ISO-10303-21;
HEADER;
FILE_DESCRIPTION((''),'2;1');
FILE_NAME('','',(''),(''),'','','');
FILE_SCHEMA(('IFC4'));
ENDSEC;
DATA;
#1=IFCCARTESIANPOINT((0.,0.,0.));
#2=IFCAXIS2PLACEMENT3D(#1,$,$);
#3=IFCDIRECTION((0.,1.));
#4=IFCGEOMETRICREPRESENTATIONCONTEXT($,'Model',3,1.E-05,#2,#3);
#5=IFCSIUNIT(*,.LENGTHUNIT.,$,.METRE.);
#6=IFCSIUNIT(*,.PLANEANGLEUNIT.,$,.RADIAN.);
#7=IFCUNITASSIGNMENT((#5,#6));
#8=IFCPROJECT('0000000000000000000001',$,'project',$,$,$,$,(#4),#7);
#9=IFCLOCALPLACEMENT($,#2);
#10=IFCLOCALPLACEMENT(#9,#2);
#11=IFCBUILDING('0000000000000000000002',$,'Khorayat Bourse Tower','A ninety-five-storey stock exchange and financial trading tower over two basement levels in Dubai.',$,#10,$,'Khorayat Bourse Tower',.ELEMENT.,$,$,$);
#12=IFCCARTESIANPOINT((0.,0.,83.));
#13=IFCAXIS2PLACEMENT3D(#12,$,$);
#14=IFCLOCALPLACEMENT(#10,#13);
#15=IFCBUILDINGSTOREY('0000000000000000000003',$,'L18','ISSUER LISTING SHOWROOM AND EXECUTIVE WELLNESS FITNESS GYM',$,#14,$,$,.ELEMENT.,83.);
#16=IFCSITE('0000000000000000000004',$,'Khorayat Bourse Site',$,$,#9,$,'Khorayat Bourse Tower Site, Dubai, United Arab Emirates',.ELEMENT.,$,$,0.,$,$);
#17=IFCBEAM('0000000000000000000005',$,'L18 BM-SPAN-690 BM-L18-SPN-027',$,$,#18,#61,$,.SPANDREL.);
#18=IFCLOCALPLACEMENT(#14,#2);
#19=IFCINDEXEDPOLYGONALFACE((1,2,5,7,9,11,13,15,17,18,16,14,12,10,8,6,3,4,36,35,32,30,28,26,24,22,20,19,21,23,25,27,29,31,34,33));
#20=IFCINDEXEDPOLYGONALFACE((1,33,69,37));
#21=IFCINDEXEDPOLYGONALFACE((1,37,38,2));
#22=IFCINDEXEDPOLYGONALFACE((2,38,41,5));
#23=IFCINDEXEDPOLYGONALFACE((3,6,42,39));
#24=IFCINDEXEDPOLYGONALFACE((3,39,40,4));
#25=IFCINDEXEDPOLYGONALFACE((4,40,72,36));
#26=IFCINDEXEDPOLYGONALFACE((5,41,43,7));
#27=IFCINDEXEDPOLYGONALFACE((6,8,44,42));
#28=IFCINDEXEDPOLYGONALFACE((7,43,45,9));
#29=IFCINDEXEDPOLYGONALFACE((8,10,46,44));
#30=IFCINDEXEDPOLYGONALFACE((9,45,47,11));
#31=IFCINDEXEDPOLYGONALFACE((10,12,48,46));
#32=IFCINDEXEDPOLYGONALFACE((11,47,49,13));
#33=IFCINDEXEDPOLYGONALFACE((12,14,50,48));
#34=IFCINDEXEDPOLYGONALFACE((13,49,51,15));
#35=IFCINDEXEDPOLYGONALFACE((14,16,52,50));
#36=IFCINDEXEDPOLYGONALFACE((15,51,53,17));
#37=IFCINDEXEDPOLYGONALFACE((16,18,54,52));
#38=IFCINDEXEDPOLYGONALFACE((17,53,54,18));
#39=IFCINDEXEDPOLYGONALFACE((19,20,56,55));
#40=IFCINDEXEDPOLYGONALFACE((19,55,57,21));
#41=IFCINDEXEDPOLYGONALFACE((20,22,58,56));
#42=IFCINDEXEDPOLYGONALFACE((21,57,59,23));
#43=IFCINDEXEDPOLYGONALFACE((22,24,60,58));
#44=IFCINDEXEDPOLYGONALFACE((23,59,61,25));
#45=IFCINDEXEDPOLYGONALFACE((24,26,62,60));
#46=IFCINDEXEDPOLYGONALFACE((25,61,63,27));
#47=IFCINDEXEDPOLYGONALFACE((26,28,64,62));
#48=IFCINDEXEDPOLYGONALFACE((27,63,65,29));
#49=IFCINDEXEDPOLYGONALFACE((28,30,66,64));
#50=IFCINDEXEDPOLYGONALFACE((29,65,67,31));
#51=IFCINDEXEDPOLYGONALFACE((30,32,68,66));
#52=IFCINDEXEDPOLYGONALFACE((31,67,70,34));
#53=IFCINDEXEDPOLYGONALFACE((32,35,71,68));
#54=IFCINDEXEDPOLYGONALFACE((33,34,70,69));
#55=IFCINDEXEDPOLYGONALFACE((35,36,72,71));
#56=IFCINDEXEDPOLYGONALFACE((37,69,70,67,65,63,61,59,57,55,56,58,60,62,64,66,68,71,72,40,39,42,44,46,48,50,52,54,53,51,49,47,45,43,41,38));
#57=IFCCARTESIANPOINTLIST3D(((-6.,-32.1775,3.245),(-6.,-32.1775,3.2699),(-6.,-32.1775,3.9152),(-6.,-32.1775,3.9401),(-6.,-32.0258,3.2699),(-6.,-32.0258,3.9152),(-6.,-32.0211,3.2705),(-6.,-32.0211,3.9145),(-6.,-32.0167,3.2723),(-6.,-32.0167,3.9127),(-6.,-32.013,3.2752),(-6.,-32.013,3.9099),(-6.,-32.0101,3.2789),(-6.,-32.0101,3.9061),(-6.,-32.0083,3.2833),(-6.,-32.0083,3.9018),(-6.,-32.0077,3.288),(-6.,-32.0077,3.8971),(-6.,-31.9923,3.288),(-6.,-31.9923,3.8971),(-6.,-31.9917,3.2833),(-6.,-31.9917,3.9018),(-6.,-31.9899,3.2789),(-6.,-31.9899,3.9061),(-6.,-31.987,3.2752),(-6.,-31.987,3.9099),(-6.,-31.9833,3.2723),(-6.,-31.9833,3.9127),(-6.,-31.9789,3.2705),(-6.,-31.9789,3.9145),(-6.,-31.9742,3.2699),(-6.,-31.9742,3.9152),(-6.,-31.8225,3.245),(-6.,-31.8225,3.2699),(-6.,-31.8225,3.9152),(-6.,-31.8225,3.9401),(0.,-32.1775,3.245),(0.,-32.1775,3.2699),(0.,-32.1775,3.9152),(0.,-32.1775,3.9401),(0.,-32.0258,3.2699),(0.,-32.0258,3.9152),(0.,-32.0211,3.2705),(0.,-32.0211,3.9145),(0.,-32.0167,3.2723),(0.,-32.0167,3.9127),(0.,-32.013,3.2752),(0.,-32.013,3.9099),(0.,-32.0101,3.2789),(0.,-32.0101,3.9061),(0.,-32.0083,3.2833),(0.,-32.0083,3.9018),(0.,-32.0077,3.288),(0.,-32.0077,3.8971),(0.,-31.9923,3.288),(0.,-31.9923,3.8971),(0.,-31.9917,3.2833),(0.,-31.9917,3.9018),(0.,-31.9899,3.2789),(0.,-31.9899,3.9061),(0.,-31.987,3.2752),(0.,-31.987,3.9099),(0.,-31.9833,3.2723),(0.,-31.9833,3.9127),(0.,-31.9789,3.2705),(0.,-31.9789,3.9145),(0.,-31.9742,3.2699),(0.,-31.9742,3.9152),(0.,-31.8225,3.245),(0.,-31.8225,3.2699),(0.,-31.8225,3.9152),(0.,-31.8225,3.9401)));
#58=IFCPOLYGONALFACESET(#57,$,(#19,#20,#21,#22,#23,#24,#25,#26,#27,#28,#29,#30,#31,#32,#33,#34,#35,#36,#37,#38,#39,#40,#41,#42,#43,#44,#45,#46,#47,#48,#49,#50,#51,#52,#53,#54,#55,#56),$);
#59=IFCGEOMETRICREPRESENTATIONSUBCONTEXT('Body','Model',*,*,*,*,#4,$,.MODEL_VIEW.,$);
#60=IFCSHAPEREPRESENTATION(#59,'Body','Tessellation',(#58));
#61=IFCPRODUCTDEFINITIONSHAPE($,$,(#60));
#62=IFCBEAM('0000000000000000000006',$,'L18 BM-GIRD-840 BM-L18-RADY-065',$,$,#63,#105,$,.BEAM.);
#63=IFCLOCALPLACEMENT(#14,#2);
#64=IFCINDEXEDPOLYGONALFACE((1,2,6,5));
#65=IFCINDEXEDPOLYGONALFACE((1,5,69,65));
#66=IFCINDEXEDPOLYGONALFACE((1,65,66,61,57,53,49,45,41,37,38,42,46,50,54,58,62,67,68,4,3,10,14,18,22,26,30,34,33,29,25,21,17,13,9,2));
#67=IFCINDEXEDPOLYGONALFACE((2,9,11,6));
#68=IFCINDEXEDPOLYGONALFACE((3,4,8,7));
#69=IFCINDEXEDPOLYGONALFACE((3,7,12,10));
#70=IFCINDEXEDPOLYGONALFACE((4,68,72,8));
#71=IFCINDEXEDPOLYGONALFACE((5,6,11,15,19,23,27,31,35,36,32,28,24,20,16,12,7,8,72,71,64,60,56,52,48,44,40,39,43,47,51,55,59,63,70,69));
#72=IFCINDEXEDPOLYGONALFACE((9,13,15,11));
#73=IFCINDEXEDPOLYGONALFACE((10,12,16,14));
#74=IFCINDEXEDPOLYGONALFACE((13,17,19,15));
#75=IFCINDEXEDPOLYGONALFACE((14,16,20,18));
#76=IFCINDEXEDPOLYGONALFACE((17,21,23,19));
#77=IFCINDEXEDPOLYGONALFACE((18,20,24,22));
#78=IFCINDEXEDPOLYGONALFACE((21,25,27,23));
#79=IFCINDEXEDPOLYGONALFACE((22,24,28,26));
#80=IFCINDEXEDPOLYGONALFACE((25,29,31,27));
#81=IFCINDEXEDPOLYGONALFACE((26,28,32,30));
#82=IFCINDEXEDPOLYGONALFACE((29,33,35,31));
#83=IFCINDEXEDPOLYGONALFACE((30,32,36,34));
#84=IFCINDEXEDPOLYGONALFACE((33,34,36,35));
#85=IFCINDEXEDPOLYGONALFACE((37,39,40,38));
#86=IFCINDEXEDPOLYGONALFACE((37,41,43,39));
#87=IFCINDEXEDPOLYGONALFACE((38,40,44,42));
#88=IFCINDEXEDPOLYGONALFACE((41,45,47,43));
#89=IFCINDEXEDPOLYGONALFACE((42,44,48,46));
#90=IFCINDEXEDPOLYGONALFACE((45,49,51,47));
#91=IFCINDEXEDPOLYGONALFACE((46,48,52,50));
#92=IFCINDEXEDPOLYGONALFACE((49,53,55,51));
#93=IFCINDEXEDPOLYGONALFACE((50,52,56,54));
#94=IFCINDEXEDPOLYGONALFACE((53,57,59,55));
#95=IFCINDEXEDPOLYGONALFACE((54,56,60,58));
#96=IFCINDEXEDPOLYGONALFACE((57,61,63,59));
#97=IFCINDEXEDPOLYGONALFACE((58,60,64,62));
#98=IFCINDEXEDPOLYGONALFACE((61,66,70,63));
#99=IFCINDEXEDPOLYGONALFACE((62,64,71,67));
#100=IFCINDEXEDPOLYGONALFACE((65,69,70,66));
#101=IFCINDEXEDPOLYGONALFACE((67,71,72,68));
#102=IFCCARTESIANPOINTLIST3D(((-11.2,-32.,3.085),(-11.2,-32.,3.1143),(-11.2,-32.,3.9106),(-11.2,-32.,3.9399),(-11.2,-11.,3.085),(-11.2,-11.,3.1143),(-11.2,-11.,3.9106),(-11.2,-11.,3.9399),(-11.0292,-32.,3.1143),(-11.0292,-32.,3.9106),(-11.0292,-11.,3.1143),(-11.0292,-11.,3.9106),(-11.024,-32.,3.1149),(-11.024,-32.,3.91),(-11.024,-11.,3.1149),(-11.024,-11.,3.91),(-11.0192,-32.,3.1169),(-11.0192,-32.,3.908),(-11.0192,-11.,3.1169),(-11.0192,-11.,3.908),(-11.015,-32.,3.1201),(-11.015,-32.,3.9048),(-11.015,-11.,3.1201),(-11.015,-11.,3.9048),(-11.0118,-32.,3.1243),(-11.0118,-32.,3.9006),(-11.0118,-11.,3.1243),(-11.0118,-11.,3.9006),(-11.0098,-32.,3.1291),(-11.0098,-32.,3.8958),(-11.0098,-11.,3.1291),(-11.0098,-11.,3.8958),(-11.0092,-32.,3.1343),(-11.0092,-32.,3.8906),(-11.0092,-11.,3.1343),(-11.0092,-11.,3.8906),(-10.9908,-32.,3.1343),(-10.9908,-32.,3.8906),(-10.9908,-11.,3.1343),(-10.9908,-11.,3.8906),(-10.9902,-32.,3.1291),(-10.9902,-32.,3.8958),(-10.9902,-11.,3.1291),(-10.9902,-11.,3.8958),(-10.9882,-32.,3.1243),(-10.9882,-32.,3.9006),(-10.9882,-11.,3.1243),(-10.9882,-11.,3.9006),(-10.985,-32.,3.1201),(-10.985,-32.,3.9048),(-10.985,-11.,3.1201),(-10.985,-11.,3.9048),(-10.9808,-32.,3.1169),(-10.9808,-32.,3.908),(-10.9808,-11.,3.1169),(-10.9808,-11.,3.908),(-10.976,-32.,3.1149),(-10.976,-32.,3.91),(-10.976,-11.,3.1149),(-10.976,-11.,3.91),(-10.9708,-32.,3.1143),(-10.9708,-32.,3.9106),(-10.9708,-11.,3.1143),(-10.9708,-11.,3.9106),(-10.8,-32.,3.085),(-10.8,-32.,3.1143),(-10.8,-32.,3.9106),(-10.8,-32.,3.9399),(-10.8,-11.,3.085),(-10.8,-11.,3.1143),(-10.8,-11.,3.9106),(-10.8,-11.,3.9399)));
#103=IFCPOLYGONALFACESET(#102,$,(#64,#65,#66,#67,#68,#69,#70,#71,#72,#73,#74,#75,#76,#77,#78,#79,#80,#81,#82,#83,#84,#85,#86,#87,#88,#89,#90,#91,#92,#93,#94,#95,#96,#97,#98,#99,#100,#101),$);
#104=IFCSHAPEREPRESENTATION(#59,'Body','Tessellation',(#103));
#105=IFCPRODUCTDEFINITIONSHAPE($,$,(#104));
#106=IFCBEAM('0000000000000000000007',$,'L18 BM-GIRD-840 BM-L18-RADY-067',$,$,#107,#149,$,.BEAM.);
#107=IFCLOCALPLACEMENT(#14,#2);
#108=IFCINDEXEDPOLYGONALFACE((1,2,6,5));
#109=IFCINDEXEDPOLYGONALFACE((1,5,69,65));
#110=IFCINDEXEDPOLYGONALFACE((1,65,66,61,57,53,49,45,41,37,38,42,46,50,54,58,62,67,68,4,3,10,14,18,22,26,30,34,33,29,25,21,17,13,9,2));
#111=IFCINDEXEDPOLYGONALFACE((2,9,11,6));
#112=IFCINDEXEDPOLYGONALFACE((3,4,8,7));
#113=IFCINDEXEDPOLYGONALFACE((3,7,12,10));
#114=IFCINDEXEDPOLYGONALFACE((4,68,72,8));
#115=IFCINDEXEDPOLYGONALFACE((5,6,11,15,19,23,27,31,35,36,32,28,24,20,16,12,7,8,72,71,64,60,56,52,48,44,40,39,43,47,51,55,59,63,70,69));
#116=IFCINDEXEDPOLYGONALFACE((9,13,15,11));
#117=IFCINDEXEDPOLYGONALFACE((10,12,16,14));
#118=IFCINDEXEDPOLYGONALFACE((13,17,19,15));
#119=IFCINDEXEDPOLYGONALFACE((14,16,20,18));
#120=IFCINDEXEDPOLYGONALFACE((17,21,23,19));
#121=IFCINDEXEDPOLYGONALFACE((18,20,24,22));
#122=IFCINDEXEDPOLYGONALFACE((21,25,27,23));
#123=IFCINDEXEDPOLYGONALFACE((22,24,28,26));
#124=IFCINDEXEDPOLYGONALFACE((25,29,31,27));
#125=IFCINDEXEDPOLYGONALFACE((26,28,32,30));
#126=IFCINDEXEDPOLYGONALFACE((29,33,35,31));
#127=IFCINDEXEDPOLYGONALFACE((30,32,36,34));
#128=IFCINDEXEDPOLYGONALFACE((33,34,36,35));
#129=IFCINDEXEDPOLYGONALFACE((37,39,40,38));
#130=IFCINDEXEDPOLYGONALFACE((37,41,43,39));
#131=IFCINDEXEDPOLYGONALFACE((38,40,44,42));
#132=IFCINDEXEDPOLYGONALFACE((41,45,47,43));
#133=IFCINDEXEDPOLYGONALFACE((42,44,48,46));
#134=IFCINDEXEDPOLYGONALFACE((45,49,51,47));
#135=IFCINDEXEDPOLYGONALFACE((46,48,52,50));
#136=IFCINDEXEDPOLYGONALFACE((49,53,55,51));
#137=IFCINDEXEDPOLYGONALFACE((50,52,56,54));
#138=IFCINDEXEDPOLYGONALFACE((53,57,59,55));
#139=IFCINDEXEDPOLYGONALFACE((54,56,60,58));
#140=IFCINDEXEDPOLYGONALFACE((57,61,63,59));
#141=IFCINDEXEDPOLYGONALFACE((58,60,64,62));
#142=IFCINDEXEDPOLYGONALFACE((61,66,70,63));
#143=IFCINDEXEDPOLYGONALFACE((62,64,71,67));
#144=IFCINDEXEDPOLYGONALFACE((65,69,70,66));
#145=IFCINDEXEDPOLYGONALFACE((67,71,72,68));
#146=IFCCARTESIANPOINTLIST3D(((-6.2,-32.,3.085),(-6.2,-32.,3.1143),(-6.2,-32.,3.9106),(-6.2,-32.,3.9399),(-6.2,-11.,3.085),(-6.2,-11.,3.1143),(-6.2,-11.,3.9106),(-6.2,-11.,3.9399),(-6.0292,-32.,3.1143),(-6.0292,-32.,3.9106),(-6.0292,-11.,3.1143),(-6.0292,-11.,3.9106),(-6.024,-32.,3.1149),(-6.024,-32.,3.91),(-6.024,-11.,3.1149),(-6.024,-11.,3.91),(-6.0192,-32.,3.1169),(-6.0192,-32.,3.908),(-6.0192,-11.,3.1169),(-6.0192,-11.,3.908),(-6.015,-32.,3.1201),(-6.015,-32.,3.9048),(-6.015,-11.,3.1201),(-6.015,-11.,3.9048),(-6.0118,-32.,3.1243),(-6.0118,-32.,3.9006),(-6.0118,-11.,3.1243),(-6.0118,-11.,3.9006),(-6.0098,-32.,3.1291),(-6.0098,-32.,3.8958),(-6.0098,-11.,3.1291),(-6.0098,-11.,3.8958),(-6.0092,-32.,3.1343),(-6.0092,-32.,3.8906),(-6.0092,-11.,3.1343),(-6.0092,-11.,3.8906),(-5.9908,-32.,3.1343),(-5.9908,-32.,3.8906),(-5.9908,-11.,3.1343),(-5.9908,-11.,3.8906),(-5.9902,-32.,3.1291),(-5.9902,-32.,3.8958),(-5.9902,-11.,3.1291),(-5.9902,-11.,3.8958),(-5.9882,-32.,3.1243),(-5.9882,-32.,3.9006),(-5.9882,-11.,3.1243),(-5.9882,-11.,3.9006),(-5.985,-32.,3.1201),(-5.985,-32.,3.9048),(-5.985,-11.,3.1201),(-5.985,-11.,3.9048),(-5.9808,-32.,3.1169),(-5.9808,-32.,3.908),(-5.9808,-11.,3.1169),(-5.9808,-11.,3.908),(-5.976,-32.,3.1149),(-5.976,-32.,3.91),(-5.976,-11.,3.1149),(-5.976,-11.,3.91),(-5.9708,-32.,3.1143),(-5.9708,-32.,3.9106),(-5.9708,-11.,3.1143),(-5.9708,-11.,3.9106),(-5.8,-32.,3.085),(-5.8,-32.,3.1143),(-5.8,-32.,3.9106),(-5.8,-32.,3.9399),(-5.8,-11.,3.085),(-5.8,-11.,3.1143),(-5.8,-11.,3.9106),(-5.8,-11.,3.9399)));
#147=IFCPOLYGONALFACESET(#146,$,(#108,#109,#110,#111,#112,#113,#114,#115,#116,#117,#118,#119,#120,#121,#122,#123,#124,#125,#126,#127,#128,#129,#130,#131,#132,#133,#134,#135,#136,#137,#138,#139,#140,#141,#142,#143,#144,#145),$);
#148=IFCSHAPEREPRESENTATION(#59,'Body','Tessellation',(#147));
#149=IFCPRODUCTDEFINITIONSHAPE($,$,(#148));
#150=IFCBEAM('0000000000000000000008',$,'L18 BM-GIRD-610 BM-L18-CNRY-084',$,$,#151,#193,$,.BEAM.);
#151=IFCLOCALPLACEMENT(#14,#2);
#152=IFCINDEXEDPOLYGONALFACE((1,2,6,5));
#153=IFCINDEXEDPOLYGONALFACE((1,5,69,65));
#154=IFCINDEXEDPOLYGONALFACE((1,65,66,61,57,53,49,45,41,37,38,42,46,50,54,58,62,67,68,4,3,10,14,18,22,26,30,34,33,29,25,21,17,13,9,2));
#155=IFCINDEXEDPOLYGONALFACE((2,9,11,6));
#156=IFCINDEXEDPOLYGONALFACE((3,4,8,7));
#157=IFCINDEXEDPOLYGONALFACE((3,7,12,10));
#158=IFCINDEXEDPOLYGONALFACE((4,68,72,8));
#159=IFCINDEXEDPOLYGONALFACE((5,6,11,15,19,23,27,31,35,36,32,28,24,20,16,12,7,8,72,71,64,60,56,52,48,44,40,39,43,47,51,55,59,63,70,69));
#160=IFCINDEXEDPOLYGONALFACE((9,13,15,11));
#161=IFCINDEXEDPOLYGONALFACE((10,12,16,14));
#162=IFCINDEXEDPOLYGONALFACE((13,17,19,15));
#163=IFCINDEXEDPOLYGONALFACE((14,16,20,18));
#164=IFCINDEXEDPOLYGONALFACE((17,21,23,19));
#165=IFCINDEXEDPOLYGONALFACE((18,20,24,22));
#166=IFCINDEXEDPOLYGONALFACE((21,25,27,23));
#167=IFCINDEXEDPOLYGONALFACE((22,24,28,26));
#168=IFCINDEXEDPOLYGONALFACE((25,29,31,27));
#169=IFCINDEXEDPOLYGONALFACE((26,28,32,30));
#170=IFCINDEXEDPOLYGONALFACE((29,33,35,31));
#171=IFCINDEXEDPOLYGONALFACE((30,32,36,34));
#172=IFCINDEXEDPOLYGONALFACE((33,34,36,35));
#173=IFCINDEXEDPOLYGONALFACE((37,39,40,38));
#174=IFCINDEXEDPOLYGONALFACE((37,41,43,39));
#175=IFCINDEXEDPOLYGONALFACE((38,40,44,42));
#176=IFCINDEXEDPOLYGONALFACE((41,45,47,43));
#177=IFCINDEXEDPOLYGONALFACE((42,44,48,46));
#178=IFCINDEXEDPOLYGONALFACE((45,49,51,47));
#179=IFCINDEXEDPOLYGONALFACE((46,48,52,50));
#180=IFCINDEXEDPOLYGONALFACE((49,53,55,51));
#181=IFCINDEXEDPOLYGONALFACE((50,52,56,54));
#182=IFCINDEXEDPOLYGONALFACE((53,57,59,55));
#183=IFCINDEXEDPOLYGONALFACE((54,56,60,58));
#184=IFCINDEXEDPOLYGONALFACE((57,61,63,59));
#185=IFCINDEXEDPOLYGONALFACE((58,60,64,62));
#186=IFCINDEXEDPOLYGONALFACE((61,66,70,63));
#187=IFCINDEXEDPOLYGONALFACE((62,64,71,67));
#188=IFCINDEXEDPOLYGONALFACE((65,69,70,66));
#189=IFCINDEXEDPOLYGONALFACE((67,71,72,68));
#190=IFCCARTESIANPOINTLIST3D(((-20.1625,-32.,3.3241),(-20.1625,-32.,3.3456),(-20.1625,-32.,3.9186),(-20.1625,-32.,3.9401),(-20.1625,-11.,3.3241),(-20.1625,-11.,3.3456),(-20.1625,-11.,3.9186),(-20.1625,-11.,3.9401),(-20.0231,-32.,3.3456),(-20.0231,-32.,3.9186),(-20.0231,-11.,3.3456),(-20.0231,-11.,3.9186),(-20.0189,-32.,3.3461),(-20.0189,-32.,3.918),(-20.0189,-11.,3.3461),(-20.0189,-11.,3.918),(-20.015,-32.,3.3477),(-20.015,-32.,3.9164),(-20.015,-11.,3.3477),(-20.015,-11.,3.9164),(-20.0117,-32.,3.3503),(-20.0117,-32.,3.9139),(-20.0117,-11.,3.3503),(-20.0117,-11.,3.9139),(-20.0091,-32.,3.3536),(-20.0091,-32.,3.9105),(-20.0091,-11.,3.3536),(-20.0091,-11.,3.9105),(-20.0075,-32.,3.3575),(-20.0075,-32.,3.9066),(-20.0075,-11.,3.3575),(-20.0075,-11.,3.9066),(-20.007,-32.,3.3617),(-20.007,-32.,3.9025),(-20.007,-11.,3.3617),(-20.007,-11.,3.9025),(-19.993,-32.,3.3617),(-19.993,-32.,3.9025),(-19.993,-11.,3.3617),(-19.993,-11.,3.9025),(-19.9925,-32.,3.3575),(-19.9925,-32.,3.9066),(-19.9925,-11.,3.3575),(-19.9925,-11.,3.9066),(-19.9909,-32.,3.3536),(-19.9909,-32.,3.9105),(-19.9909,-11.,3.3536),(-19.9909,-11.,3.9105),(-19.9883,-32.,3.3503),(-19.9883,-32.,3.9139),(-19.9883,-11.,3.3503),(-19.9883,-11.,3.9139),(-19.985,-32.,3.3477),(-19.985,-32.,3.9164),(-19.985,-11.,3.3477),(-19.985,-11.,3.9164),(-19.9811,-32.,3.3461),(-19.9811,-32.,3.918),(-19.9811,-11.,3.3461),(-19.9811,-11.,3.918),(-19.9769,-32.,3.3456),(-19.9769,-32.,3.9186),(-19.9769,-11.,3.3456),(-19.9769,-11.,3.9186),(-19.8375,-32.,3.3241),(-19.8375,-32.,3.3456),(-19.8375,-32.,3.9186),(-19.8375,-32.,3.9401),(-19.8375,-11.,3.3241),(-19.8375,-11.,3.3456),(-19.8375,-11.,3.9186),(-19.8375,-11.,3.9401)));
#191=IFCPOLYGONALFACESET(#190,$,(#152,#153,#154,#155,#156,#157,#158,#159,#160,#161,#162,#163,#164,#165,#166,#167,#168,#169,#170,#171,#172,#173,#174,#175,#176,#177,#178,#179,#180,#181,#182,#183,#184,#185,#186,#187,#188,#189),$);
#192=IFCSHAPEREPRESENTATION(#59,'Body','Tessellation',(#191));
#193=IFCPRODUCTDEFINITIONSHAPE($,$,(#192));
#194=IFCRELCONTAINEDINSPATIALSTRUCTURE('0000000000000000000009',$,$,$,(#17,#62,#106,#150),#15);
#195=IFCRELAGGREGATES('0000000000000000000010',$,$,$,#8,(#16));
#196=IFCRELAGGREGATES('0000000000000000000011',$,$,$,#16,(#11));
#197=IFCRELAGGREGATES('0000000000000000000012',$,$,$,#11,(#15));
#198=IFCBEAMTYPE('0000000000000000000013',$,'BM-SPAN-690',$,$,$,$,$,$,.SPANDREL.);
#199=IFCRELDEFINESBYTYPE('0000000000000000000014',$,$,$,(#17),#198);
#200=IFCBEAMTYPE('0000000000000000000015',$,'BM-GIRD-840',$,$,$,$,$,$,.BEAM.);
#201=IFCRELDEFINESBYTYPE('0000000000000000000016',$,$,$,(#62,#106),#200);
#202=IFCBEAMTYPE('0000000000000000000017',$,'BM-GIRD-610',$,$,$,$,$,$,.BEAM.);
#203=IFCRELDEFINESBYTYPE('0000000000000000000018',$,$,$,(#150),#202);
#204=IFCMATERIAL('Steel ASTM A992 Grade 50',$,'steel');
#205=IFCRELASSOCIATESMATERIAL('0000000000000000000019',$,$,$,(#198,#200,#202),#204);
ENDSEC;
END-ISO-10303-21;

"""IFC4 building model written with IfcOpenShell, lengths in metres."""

from ifc_helpers import new_model, si_unit, direction, frame, origin, origin_2d, place, context, subcontext, project, spatial, i_section, extrude, source, transform, mapped, material, material_profile, profile_set, type_object, element, save


model = new_model("IFC4")

# Units and contexts
model_context = context("Model", 3, precision=1e-05, world=origin(), true_north=direction((0.0, 1.0)))
body_context = subcontext(model_context, "Body", "Model", "MODEL_VIEW")
ifc_project = project(units=[si_unit("LENGTHUNIT", "METRE"), si_unit("PLANEANGLEUNIT", "RADIAN")], contexts=[model_context])

# Site, building, storey
site_placement = place(None, origin())
site = spatial("IfcSite", under=ifc_project, at=site_placement, Name="Khorayat Bourse Site", LongName="Khorayat Bourse Tower Site, Dubai, United Arab Emirates", CompositionType="ELEMENT", RefElevation=0.0)
building_placement = place(site_placement, origin())
building = spatial("IfcBuilding", under=site, at=building_placement, Name="Khorayat Bourse Tower", Description="A ninety-five-storey stock exchange and financial trading tower over two basement levels in Dubai.", LongName="Khorayat Bourse Tower", CompositionType="ELEMENT")
storey_placement = place(building_placement, frame((0.0, 0.0, 83.0)))
storey = spatial("IfcBuildingStorey", under=building, at=storey_placement, Name="L18", Description="ISSUER LISTING SHOWROOM AND EXECUTIVE WELLNESS FITNESS GYM", CompositionType="ELEMENT", Elevation=83.0)

# Beams
ifc_material_1 = material(Name="Steel ASTM A992 Grade 50", Category="steel")
ifc_material_profile_1 = material_profile(ifc_material_1, i_section(OverallWidth=0.355, OverallDepth=0.6951, WebThickness=0.0154, FlangeThickness=0.0249, FilletRadius=0.0181, at=origin_2d()), Name="W690X217")
ifc_profile_set_1 = profile_set([ifc_material_profile_1], Name="Steel ASTM A992 Grade 50")
beam_type_1 = type_object("IfcBeamType", Name="BM-SPAN-690", PredefinedType="SPANDREL", material=ifc_profile_set_1)
shared_shape_1 = source(origin(), body_context, "Body", "SweptSolid", [
    extrude(i_section(OverallWidth=0.355, OverallDepth=0.6951, WebThickness=0.0154, FlangeThickness=0.0249, FilletRadius=0.0181, at=origin_2d()), origin(), (0.0, 0.0, 1.0), 6.0),
])
beam_1_placement = place(storey_placement, frame((-6.0, -32.0, 3.5925), z_axis=(1.0, 0.0, 0.0), x_axis=(0.0, 1.0, 0.0)))
element("IfcBeam", 1, at=beam_1_placement, inside=storey, type_object=beam_type_1, Name="L18 BM-SPAN-690 BM-L18-SPN-027", PredefinedType="SPANDREL", context=body_context, shape_type="MappedRepresentation", body=[
    mapped(shared_shape_1, transform((0.0, 0.0, 0.0), scale=1.0)),
])
ifc_material_profile_2 = material_profile(ifc_material_1, i_section(OverallWidth=0.3999, OverallDepth=0.855, WebThickness=0.0183, FlangeThickness=0.0293, FilletRadius=0.02, at=origin_2d()), Name="W840X299")
ifc_profile_set_2 = profile_set([ifc_material_profile_2], Name="Steel ASTM A992 Grade 50")
beam_type_2 = type_object("IfcBeamType", Name="BM-GIRD-840", PredefinedType="BEAM", material=ifc_profile_set_2)
shared_shape_2 = source(origin(), body_context, "Body", "SweptSolid", [
    extrude(i_section(OverallWidth=0.3999, OverallDepth=0.855, WebThickness=0.0183, FlangeThickness=0.0293, FilletRadius=0.02, at=origin_2d()), origin(), (0.0, 0.0, 1.0), 21.0),
])
for number, where, z_axis, x_axis, name in (
    (2, (-11.0, -32.0, 3.5125), (0.0, 1.0, 0.0), (-1.0, 0.0, 0.0), "L18 BM-GIRD-840 BM-L18-RADY-065"),
    (3, (-6.0, -32.0, 3.5125), (0.0, 1.0, 0.0), (-1.0, 0.0, 0.0), "L18 BM-GIRD-840 BM-L18-RADY-067"),
):
    element("IfcBeam", number, at=place(storey_placement, frame(where, z_axis=z_axis, x_axis=x_axis)), inside=storey, type_object=beam_type_2, Name=name, PredefinedType="BEAM", context=body_context, shape_type="MappedRepresentation", body=[
        mapped(shared_shape_2, transform((0.0, 0.0, 0.0), scale=1.0)),
    ])
ifc_material_profile_3 = material_profile(ifc_material_1, i_section(OverallWidth=0.325, OverallDepth=0.616, WebThickness=0.0139, FlangeThickness=0.0215, FilletRadius=0.0161, at=origin_2d()), Name="W610X174")
ifc_profile_set_3 = profile_set([ifc_material_profile_3], Name="Steel ASTM A992 Grade 50")
beam_type_3 = type_object("IfcBeamType", Name="BM-GIRD-610", PredefinedType="BEAM", material=ifc_profile_set_3)
shared_shape_3 = source(origin(), body_context, "Body", "SweptSolid", [
    extrude(i_section(OverallWidth=0.325, OverallDepth=0.616, WebThickness=0.0139, FlangeThickness=0.0215, FilletRadius=0.0161, at=origin_2d()), origin(), (0.0, 0.0, 1.0), 21.0),
])
beam_2_placement = place(storey_placement, frame((-20.0, -32.0, 3.6321), z_axis=(0.0, 1.0, 0.0), x_axis=(-1.0, 0.0, 0.0)))
element("IfcBeam", 4, at=beam_2_placement, inside=storey, type_object=beam_type_3, Name="L18 BM-GIRD-610 BM-L18-CNRY-084", PredefinedType="BEAM", context=body_context, shape_type="MappedRepresentation", body=[
    mapped(shared_shape_3, transform((0.0, 0.0, 0.0), scale=1.0)),
])

save(model, "model.ifc")
